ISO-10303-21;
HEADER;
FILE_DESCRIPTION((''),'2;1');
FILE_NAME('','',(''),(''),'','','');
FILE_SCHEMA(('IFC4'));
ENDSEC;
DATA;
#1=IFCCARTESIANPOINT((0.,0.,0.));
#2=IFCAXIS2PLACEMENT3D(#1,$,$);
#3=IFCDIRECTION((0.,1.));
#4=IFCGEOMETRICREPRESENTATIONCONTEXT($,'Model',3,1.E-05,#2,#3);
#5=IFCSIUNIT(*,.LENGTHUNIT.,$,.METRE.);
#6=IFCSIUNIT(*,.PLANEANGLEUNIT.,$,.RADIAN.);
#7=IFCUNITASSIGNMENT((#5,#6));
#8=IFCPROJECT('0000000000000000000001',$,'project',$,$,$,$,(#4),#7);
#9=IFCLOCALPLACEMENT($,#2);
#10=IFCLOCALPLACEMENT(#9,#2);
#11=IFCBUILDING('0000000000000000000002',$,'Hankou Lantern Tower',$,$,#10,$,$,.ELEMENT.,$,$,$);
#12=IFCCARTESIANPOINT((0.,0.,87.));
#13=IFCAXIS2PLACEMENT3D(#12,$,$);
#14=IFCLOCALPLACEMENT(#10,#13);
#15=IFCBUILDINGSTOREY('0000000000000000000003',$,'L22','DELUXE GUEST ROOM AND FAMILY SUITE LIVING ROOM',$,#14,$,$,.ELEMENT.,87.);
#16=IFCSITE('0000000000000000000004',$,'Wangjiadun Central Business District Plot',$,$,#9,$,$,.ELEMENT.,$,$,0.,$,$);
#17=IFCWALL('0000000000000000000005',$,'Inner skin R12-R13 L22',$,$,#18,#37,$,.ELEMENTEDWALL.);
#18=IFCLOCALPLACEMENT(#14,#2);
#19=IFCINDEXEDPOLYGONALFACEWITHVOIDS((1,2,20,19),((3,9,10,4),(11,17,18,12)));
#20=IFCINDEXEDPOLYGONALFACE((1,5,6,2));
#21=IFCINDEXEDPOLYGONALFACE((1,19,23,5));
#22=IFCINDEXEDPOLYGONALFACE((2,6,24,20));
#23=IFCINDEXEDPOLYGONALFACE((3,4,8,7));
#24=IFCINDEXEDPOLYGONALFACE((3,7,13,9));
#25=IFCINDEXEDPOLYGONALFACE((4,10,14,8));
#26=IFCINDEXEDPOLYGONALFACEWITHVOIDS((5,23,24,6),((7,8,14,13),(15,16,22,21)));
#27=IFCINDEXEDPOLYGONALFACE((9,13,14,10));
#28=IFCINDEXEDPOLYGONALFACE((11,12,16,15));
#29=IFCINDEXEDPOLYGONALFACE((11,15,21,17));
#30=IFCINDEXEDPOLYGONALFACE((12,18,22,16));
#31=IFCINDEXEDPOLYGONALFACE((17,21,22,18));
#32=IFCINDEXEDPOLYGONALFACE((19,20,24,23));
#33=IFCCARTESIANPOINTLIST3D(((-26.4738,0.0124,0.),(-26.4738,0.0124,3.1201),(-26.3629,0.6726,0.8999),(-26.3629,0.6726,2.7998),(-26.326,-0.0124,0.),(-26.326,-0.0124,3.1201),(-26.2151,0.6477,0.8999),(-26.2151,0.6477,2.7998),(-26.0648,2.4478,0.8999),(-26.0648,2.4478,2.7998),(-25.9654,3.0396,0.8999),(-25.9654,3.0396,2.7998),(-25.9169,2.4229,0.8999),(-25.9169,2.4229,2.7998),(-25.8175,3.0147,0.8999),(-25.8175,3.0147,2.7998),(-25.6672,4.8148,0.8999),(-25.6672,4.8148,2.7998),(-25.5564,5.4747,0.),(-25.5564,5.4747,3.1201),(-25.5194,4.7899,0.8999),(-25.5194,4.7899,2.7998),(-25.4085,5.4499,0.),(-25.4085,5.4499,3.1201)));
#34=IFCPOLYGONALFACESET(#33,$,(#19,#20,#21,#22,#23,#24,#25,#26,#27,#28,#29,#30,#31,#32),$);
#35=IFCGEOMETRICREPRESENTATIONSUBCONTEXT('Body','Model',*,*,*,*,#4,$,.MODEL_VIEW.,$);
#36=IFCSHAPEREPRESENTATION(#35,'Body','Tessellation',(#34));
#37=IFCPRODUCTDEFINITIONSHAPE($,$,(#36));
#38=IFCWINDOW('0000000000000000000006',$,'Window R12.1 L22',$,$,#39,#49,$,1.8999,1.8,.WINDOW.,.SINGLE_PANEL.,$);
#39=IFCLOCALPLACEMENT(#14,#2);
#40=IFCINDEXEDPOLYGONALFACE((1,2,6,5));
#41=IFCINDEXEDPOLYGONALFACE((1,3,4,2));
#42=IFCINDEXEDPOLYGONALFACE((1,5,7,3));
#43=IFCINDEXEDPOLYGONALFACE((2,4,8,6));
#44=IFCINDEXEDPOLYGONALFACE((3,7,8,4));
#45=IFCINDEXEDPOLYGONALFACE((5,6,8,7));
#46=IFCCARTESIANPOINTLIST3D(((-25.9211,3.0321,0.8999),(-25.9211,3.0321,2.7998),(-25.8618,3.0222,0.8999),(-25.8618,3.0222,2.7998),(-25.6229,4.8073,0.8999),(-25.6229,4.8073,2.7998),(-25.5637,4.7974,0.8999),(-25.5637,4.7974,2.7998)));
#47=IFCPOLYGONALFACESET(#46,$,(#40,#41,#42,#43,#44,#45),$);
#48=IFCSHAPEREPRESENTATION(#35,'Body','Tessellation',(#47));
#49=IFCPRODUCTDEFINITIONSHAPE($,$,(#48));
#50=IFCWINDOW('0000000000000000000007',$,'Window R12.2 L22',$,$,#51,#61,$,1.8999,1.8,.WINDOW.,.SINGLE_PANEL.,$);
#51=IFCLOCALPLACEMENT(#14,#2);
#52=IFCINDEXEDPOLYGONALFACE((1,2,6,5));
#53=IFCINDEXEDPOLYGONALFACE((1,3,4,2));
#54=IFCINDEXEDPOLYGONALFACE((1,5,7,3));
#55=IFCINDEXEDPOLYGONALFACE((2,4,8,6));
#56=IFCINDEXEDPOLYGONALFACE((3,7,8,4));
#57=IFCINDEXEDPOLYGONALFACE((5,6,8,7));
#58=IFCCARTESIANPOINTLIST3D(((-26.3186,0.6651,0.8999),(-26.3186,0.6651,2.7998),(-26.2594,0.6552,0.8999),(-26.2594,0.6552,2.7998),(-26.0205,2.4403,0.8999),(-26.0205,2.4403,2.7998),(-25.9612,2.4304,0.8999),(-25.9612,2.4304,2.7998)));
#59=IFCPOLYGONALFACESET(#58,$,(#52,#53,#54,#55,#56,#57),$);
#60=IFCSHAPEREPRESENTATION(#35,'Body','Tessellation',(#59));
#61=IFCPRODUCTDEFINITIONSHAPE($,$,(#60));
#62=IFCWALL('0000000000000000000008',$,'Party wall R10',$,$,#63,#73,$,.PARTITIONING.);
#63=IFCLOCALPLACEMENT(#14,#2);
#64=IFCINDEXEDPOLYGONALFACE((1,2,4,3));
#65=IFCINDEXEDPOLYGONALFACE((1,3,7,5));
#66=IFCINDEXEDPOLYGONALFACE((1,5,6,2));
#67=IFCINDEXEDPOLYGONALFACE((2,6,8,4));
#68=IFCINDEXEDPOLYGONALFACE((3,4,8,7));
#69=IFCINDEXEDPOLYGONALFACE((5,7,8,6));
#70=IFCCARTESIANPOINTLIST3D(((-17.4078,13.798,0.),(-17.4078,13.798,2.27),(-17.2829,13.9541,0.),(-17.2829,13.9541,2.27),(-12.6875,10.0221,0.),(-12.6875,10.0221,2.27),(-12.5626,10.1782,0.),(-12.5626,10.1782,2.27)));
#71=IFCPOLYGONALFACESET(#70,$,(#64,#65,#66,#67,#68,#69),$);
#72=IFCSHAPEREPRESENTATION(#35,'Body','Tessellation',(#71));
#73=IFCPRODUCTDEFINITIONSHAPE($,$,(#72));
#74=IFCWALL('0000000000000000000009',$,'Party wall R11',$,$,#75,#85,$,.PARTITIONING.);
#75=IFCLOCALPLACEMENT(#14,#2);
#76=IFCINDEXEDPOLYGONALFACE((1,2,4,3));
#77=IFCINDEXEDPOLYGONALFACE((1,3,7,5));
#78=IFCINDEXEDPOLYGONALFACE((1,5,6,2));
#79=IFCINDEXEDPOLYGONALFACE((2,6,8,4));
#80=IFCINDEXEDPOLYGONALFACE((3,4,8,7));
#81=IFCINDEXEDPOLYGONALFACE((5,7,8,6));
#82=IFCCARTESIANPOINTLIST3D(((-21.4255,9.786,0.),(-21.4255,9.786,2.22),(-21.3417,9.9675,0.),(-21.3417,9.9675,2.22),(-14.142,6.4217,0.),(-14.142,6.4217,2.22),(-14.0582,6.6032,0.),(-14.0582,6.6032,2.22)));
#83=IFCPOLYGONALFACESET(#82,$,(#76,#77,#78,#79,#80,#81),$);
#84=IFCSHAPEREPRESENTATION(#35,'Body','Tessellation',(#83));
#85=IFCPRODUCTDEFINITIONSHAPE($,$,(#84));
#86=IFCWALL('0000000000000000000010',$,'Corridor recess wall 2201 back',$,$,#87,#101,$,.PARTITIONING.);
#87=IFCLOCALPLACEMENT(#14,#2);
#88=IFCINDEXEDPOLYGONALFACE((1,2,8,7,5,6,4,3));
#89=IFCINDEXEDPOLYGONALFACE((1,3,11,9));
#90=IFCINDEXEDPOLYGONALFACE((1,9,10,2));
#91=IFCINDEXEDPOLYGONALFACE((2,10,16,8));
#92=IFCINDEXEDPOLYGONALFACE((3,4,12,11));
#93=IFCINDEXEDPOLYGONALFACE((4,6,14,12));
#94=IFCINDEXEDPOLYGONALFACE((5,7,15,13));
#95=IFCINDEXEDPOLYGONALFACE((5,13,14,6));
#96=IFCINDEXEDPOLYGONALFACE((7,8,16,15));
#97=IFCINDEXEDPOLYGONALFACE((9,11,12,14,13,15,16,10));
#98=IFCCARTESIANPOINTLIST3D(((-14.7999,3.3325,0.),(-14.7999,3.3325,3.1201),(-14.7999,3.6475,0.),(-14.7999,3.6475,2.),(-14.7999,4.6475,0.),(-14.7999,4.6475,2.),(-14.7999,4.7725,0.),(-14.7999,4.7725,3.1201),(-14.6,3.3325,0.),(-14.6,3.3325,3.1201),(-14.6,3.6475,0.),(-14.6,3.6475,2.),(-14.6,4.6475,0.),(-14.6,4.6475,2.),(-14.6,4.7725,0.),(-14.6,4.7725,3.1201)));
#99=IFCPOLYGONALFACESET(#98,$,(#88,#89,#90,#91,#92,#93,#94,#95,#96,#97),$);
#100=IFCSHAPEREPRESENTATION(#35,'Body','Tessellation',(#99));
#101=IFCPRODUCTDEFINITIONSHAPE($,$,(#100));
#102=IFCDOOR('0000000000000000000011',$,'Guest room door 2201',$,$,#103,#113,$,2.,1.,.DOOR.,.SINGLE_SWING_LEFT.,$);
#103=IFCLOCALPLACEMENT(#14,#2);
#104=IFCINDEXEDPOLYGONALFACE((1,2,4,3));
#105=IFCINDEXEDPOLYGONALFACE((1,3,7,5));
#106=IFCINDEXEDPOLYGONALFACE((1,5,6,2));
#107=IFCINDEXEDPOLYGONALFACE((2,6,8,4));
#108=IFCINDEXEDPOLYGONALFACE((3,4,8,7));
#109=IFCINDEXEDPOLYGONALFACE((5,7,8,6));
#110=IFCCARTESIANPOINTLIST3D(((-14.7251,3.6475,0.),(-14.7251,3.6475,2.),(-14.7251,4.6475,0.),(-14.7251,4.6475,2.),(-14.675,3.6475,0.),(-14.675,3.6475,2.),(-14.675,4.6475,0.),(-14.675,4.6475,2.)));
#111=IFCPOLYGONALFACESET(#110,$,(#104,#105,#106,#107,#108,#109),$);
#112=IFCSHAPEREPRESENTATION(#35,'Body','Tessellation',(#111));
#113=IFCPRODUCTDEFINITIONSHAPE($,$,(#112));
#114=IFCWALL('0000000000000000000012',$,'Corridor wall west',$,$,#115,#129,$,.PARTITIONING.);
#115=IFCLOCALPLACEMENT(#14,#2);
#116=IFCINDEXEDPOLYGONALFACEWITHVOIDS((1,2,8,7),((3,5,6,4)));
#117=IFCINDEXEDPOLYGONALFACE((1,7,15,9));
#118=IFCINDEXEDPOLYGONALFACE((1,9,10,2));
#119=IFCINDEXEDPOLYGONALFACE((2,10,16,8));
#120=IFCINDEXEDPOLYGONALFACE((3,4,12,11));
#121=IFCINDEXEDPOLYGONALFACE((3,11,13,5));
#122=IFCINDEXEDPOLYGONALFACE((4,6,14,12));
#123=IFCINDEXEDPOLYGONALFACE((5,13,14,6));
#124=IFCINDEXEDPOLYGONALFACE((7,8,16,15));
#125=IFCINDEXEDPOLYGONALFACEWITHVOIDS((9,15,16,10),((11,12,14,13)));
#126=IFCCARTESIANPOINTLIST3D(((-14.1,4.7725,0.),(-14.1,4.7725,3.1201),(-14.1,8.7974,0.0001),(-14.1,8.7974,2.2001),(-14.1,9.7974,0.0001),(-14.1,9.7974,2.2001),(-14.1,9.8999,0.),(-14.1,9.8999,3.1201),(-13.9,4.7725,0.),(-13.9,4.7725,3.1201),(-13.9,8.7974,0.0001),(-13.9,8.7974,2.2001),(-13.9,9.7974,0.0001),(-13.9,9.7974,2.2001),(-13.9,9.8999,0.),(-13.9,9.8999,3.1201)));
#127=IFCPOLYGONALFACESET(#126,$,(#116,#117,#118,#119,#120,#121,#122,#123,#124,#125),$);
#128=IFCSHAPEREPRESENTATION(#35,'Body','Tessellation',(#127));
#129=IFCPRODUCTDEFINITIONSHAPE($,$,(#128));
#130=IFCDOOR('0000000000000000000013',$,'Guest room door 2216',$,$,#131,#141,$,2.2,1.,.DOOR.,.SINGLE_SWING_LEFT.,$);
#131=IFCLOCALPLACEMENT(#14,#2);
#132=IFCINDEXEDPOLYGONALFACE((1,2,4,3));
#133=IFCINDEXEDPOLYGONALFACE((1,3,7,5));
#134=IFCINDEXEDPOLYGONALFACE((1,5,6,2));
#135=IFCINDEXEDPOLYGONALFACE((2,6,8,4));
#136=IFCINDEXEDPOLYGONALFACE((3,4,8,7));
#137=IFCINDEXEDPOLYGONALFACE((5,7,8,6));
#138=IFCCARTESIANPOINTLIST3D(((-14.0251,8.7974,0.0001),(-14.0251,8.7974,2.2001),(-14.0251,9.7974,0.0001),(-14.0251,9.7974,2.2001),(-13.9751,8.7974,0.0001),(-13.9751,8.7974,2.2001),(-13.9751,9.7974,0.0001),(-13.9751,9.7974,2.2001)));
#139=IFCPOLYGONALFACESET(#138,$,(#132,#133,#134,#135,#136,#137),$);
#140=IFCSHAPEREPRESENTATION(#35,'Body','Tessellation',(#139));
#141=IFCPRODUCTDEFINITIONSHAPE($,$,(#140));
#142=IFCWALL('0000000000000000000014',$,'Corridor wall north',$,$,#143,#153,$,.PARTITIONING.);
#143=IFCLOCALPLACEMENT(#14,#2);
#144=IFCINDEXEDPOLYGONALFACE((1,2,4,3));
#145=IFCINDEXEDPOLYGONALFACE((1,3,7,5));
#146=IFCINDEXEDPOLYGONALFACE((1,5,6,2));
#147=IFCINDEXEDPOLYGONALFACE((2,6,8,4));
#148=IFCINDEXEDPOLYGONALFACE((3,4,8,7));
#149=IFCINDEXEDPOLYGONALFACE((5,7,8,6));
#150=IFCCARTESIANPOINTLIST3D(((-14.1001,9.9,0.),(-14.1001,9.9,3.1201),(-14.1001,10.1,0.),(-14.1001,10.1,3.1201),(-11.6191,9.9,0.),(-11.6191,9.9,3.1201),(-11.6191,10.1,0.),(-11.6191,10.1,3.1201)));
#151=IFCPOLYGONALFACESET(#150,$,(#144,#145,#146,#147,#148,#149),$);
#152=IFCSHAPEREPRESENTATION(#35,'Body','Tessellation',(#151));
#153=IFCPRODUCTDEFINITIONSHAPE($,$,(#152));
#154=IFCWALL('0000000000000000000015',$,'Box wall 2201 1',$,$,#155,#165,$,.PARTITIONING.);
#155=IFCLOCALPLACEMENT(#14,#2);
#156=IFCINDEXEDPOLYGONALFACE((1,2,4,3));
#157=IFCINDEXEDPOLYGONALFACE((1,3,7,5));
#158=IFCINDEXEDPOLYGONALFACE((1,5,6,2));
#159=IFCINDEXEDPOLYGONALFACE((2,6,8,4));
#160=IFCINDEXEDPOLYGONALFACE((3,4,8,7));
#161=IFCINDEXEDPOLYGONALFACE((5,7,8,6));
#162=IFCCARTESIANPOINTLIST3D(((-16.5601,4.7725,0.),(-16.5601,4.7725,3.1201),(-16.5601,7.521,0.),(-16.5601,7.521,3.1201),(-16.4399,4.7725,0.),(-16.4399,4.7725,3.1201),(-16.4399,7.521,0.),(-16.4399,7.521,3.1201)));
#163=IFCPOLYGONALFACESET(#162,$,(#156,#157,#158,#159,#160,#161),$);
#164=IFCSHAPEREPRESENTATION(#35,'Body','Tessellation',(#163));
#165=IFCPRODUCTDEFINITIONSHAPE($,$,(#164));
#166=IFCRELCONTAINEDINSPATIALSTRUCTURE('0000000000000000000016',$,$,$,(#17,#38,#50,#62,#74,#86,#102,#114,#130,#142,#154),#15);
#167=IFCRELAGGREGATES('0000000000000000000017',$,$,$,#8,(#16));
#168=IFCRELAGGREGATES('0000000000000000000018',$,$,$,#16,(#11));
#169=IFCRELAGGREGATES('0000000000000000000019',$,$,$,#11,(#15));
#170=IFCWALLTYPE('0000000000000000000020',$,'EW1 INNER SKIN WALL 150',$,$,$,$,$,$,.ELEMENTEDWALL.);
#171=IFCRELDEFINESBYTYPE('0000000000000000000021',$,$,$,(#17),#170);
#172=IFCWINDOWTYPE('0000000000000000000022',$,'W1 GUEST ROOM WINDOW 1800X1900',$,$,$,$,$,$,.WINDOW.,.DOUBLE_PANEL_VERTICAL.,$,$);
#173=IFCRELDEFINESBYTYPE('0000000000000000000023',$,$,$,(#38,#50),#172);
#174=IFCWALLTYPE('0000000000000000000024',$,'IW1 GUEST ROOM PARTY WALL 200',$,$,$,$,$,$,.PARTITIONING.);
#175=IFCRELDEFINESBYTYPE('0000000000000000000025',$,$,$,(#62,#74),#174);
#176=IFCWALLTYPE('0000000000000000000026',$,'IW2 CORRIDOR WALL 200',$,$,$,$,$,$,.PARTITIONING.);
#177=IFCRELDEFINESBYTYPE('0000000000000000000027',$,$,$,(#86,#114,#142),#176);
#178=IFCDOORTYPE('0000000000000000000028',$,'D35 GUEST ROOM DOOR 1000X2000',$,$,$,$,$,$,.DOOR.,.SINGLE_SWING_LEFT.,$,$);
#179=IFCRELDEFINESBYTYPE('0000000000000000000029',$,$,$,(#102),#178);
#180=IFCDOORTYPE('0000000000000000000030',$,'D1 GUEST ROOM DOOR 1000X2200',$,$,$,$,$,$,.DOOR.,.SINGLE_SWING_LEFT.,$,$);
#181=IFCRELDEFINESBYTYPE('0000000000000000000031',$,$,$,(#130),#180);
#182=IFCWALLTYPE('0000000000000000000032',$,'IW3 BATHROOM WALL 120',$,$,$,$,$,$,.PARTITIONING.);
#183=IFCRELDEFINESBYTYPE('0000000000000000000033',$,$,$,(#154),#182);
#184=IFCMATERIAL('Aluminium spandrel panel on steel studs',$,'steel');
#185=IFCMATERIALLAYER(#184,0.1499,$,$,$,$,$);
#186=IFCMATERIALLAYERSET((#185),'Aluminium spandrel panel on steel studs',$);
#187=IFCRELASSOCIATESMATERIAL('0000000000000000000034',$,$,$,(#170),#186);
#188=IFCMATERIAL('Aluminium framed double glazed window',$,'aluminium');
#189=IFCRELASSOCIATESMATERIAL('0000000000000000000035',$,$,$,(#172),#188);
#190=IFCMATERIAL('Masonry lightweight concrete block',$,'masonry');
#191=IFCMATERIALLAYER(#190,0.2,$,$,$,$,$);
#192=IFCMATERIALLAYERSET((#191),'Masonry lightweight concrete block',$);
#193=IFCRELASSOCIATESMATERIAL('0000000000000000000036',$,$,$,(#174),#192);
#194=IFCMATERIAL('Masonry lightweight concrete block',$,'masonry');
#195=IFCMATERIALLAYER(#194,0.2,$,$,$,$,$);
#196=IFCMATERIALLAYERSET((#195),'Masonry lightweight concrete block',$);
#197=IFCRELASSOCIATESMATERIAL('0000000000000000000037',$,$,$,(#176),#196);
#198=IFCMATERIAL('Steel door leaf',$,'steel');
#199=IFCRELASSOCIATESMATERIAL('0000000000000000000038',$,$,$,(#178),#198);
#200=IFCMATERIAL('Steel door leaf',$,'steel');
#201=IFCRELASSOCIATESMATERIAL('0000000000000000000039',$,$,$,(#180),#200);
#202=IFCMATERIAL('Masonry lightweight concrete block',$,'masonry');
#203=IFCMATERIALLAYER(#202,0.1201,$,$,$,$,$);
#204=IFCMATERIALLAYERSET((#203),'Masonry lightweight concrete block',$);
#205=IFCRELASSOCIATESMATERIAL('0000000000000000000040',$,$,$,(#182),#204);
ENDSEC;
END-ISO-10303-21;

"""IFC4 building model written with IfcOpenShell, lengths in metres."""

from ifc_helpers import new_model, si_unit, direction, frame, frame_2d, origin, place, context, subcontext, project, spatial, rectangle, extrude, material, layer, layer_set, type_object, element, fill, save


model = new_model("IFC4")

# Units and contexts
model_context = context("Model", 3, precision=1e-05, world=origin(), true_north=direction((0.0, 1.0)))
body_context = subcontext(model_context, "Body", "Model", "MODEL_VIEW")
ifc_project = project(units=[si_unit("LENGTHUNIT", "METRE"), si_unit("PLANEANGLEUNIT", "RADIAN")], contexts=[model_context])

# Site, building, storey
site_placement = place(None, origin())
site = spatial("IfcSite", under=ifc_project, at=site_placement, Name="Wangjiadun Central Business District Plot", CompositionType="ELEMENT", RefElevation=0.0)
building_placement = place(site_placement, origin())
building = spatial("IfcBuilding", under=site, at=building_placement, Name="Hankou Lantern Tower", CompositionType="ELEMENT")
storey_placement = place(building_placement, frame((0.0, 0.0, 87.0)))
storey = spatial("IfcBuildingStorey", under=building, at=storey_placement, Name="L22", Description="DELUXE GUEST ROOM AND FAMILY SUITE LIVING ROOM", CompositionType="ELEMENT", Elevation=87.0)

# Wall, openings, windows
ifc_material_1 = material(Name="Aluminium spandrel panel on steel studs", Category="steel")
ifc_layer_1 = layer(ifc_material_1, 0.1499)
ifc_layer_set_1 = layer_set([ifc_layer_1], Name="Aluminium spandrel panel on steel studs")
wall_type_1 = type_object("IfcWallType", Name="EW1 INNER SKIN WALL 150", PredefinedType="ELEMENTEDWALL", material=ifc_layer_set_1)
wall_1_placement = place(storey_placement, frame((-25.4824, 5.4624, 0.0), z_axis=(0.0, 0.0, 1.0), x_axis=(-0.165643, -0.986186, 0.0)))
wall_1 = element("IfcWall", 1, at=wall_1_placement, inside=storey, type_object=wall_type_1, Name="Inner skin R12-R13 L22", PredefinedType="ELEMENTEDWALL", context=body_context, shape_type="SweptSolid", body=[
    extrude(rectangle(XDim=5.5388, YDim=0.1499, at=frame_2d((2.7695, 0.0))), origin(), (0.0, 0.0, 1.0), 3.1201),
])
opening_1_placement = place(wall_1_placement, frame((0.6694, 0.0, 0.8999)))
opening_1 = element("IfcOpeningElement", 2, at=opening_1_placement, cuts=wall_1, PredefinedType="OPENING", context=body_context, shape_type="SweptSolid", body=[
    extrude(rectangle(XDim=1.8, YDim=1.8999, at=frame_2d((0.8999, 0.95))), frame((0.0, 0.085, 0.0), z_axis=(0.0, -1.0, 0.0), x_axis=(1.0, 0.0, 0.0)), (0.0, 0.0, 1.0), 0.1699),
])
opening_2_placement = place(wall_1_placement, frame((3.0696, 0.0, 0.8999)))
opening_2 = element("IfcOpeningElement", 3, at=opening_2_placement, cuts=wall_1, PredefinedType="OPENING", context=body_context, shape_type="SweptSolid", body=[
    extrude(rectangle(XDim=1.8, YDim=1.8999, at=frame_2d((0.8999, 0.95))), frame((0.0, 0.085, 0.0), z_axis=(0.0, -1.0, 0.0), x_axis=(1.0, 0.0, 0.0)), (0.0, 0.0, 1.0), 0.1699),
])
ifc_material_2 = material(Name="Aluminium framed double glazed window", Category="aluminium")
window_type = type_object("IfcWindowType", Name="W1 GUEST ROOM WINDOW 1800X1900", PartitioningType="DOUBLE_PANEL_VERTICAL", PredefinedType="WINDOW", material=ifc_material_2)
window_1_placement = place(opening_1_placement, origin())
window_1 = element("IfcWindow", 4, at=window_1_placement, inside=storey, type_object=window_type, Name="Window R12.1 L22", OverallHeight=1.8999, OverallWidth=1.8, PartitioningType="SINGLE_PANEL", PredefinedType="WINDOW", context=body_context, shape_type="SweptSolid", body=[
    extrude(rectangle(XDim=1.8, YDim=1.8999, at=frame_2d((0.8999, 0.95))), frame((0.0, 0.03, 0.0), z_axis=(0.0, -1.0, 0.0), x_axis=(1.0, 0.0, 0.0)), (0.0, 0.0, 1.0), 0.0601),
])
fill(opening_1, window_1)
window_2_placement = place(opening_2_placement, origin())
window_2 = element("IfcWindow", 5, at=window_2_placement, inside=storey, type_object=window_type, Name="Window R12.2 L22", OverallHeight=1.8999, OverallWidth=1.8, PartitioningType="SINGLE_PANEL", PredefinedType="WINDOW", context=body_context, shape_type="SweptSolid", body=[
    extrude(rectangle(XDim=1.8, YDim=1.8999, at=frame_2d((0.8999, 0.95))), frame((0.0, 0.03, 0.0), z_axis=(0.0, -1.0, 0.0), x_axis=(1.0, 0.0, 0.0)), (0.0, 0.0, 1.0), 0.0601),
])
fill(opening_2, window_2)

# Walls
ifc_material_3 = material(Name="Masonry lightweight concrete block", Category="masonry")
ifc_layer_2 = layer(ifc_material_3, 0.2)
ifc_layer_set_2 = layer_set([ifc_layer_2], Name="Masonry lightweight concrete block")
wall_type_2 = type_object("IfcWallType", Name="IW1 GUEST ROOM PARTY WALL 200", PredefinedType="PARTITIONING", material=ifc_layer_set_2)
wall_2_placement = place(storey_placement, frame((-12.625, 10.1001, 0.0), z_axis=(0.0, 0.0, 1.0), x_axis=(-0.780892, 0.624665, 0.0)))
element("IfcWall", 6, at=wall_2_placement, inside=storey, type_object=wall_type_2, Name="Party wall R10", PredefinedType="PARTITIONING", context=body_context, shape_type="SweptSolid", body=[
    extrude(rectangle(XDim=6.0447, YDim=0.2, at=frame_2d((3.0225, 0.0))), origin(), (0.0, 0.0, 1.0), 2.27),
])
wall_3_placement = place(storey_placement, frame((-14.1001, 6.5125, 0.0), z_axis=(0.0, 0.0, 1.0), x_axis=(-0.907833, 0.419332, 0.0)))
element("IfcWall", 7, at=wall_3_placement, inside=storey, type_object=wall_type_2, Name="Party wall R11", PredefinedType="PARTITIONING", context=body_context, shape_type="SweptSolid", body=[
    extrude(rectangle(XDim=8.0229, YDim=0.2, at=frame_2d((4.0115, 0.0))), origin(), (0.0, 0.0, 1.0), 2.22),
])

# Walls, openings, doors
ifc_material_4 = material(Name="Masonry lightweight concrete block", Category="masonry")
ifc_layer_3 = layer(ifc_material_4, 0.2)
ifc_layer_set_3 = layer_set([ifc_layer_3], Name="Masonry lightweight concrete block")
wall_type_3 = type_object("IfcWallType", Name="IW2 CORRIDOR WALL 200", PredefinedType="PARTITIONING", material=ifc_layer_set_3)
wall_4_placement = place(storey_placement, frame((-14.7, 4.7725, 0.0), z_axis=(0.0, 0.0, 1.0), x_axis=(0.0, -1.0, 0.0)))
wall_4 = element("IfcWall", 8, at=wall_4_placement, inside=storey, type_object=wall_type_3, Name="Corridor recess wall 2201 back", PredefinedType="PARTITIONING", context=body_context, shape_type="SweptSolid", body=[
    extrude(rectangle(XDim=1.4399, YDim=0.2, at=frame_2d((0.72, 0.0))), origin(), (0.0, 0.0, 1.0), 3.1201),
])
opening_3_placement = place(wall_4_placement, frame((0.125, 0.0, 0.0)))
opening_3 = element("IfcOpeningElement", 9, at=opening_3_placement, cuts=wall_4, PredefinedType="OPENING", context=body_context, shape_type="SweptSolid", body=[
    extrude(rectangle(XDim=1.0, YDim=2.0, at=frame_2d((0.5, 1.0))), frame((0.0, 0.1099, 0.0), z_axis=(0.0, -1.0, 0.0), x_axis=(1.0, 0.0, 0.0)), (0.0, 0.0, 1.0), 0.22),
])
ifc_material_5 = material(Name="Steel door leaf", Category="steel")
door_type_1 = type_object("IfcDoorType", Name="D35 GUEST ROOM DOOR 1000X2000", OperationType="SINGLE_SWING_LEFT", PredefinedType="DOOR", material=ifc_material_5)
door_1_placement = place(opening_3_placement, origin())
door_1 = element("IfcDoor", 10, at=door_1_placement, inside=storey, type_object=door_type_1, Name="Guest room door 2201", OperationType="SINGLE_SWING_LEFT", OverallHeight=2.0, OverallWidth=1.0, PredefinedType="DOOR", context=body_context, shape_type="SweptSolid", body=[
    extrude(rectangle(XDim=1.0, YDim=2.0, at=frame_2d((0.5, 1.0))), frame((0.0, 0.0249, 0.0), z_axis=(0.0, -1.0, 0.0), x_axis=(1.0, 0.0, 0.0)), (0.0, 0.0, 1.0), 0.05),
])
fill(opening_3, door_1)
wall_5_placement = place(storey_placement, frame((-14.0, 9.8999, 0.0), z_axis=(0.0, 0.0, 1.0), x_axis=(0.0, -1.0, 0.0)))
wall_5 = element("IfcWall", 11, at=wall_5_placement, inside=storey, type_object=wall_type_3, Name="Corridor wall west", PredefinedType="PARTITIONING", context=body_context, shape_type="SweptSolid", body=[
    extrude(rectangle(XDim=5.1274, YDim=0.2, at=frame_2d((2.5637, 0.0))), origin(), (0.0, 0.0, 1.0), 3.1201),
])
opening_4_placement = place(wall_5_placement, frame((0.1025, 0.0, 0.0)))
opening_4 = element("IfcOpeningElement", 12, at=opening_4_placement, cuts=wall_5, PredefinedType="OPENING", context=body_context, shape_type="SweptSolid", body=[
    extrude(rectangle(XDim=1.0, YDim=2.2, at=frame_2d((0.5, 1.1001))), frame((0.0, 0.1099, 0.0), z_axis=(0.0, -1.0, 0.0), x_axis=(1.0, 0.0, 0.0)), (0.0, 0.0, 1.0), 0.22),
])
ifc_material_6 = material(Name="Steel door leaf", Category="steel")
door_type_2 = type_object("IfcDoorType", Name="D1 GUEST ROOM DOOR 1000X2200", OperationType="SINGLE_SWING_LEFT", PredefinedType="DOOR", material=ifc_material_6)
door_2_placement = place(opening_4_placement, origin())
door_2 = element("IfcDoor", 13, at=door_2_placement, inside=storey, type_object=door_type_2, Name="Guest room door 2216", OperationType="SINGLE_SWING_LEFT", OverallHeight=2.2, OverallWidth=1.0, PredefinedType="DOOR", context=body_context, shape_type="SweptSolid", body=[
    extrude(rectangle(XDim=1.0, YDim=2.2, at=frame_2d((0.5, 1.1001))), frame((0.0, 0.0249, 0.0), z_axis=(0.0, -1.0, 0.0), x_axis=(1.0, 0.0, 0.0)), (0.0, 0.0, 1.0), 0.05),
])
fill(opening_4, door_2)

# Walls
wall_6_placement = place(storey_placement, frame((-14.1001, 10.0, 0.0), z_axis=(0.0, 0.0, 1.0), x_axis=(1.0, 0.0, 0.0)))
element("IfcWall", 14, at=wall_6_placement, inside=storey, type_object=wall_type_3, Name="Corridor wall north", PredefinedType="PARTITIONING", context=body_context, shape_type="SweptSolid", body=[
    extrude(rectangle(XDim=2.481, YDim=0.2, at=frame_2d((1.2405, 0.0))), origin(), (0.0, 0.0, 1.0), 3.1201),
])
ifc_material_7 = material(Name="Masonry lightweight concrete block", Category="masonry")
ifc_layer_4 = layer(ifc_material_7, 0.1201)
ifc_layer_set_4 = layer_set([ifc_layer_4], Name="Masonry lightweight concrete block")
wall_type_4 = type_object("IfcWallType", Name="IW3 BATHROOM WALL 120", PredefinedType="PARTITIONING", material=ifc_layer_set_4)
wall_7_placement = place(storey_placement, frame((-16.5, 7.521, 0.0), z_axis=(0.0, 0.0, 1.0), x_axis=(0.0, -1.0, 0.0)))
element("IfcWall", 15, at=wall_7_placement, inside=storey, type_object=wall_type_4, Name="Box wall 2201 1", PredefinedType="PARTITIONING", context=body_context, shape_type="SweptSolid", body=[
    extrude(rectangle(XDim=2.7485, YDim=0.1201, at=frame_2d((1.3743, 0.0))), origin(), (0.0, 0.0, 1.0), 3.1201),
])

save(model, "model.ifc")
